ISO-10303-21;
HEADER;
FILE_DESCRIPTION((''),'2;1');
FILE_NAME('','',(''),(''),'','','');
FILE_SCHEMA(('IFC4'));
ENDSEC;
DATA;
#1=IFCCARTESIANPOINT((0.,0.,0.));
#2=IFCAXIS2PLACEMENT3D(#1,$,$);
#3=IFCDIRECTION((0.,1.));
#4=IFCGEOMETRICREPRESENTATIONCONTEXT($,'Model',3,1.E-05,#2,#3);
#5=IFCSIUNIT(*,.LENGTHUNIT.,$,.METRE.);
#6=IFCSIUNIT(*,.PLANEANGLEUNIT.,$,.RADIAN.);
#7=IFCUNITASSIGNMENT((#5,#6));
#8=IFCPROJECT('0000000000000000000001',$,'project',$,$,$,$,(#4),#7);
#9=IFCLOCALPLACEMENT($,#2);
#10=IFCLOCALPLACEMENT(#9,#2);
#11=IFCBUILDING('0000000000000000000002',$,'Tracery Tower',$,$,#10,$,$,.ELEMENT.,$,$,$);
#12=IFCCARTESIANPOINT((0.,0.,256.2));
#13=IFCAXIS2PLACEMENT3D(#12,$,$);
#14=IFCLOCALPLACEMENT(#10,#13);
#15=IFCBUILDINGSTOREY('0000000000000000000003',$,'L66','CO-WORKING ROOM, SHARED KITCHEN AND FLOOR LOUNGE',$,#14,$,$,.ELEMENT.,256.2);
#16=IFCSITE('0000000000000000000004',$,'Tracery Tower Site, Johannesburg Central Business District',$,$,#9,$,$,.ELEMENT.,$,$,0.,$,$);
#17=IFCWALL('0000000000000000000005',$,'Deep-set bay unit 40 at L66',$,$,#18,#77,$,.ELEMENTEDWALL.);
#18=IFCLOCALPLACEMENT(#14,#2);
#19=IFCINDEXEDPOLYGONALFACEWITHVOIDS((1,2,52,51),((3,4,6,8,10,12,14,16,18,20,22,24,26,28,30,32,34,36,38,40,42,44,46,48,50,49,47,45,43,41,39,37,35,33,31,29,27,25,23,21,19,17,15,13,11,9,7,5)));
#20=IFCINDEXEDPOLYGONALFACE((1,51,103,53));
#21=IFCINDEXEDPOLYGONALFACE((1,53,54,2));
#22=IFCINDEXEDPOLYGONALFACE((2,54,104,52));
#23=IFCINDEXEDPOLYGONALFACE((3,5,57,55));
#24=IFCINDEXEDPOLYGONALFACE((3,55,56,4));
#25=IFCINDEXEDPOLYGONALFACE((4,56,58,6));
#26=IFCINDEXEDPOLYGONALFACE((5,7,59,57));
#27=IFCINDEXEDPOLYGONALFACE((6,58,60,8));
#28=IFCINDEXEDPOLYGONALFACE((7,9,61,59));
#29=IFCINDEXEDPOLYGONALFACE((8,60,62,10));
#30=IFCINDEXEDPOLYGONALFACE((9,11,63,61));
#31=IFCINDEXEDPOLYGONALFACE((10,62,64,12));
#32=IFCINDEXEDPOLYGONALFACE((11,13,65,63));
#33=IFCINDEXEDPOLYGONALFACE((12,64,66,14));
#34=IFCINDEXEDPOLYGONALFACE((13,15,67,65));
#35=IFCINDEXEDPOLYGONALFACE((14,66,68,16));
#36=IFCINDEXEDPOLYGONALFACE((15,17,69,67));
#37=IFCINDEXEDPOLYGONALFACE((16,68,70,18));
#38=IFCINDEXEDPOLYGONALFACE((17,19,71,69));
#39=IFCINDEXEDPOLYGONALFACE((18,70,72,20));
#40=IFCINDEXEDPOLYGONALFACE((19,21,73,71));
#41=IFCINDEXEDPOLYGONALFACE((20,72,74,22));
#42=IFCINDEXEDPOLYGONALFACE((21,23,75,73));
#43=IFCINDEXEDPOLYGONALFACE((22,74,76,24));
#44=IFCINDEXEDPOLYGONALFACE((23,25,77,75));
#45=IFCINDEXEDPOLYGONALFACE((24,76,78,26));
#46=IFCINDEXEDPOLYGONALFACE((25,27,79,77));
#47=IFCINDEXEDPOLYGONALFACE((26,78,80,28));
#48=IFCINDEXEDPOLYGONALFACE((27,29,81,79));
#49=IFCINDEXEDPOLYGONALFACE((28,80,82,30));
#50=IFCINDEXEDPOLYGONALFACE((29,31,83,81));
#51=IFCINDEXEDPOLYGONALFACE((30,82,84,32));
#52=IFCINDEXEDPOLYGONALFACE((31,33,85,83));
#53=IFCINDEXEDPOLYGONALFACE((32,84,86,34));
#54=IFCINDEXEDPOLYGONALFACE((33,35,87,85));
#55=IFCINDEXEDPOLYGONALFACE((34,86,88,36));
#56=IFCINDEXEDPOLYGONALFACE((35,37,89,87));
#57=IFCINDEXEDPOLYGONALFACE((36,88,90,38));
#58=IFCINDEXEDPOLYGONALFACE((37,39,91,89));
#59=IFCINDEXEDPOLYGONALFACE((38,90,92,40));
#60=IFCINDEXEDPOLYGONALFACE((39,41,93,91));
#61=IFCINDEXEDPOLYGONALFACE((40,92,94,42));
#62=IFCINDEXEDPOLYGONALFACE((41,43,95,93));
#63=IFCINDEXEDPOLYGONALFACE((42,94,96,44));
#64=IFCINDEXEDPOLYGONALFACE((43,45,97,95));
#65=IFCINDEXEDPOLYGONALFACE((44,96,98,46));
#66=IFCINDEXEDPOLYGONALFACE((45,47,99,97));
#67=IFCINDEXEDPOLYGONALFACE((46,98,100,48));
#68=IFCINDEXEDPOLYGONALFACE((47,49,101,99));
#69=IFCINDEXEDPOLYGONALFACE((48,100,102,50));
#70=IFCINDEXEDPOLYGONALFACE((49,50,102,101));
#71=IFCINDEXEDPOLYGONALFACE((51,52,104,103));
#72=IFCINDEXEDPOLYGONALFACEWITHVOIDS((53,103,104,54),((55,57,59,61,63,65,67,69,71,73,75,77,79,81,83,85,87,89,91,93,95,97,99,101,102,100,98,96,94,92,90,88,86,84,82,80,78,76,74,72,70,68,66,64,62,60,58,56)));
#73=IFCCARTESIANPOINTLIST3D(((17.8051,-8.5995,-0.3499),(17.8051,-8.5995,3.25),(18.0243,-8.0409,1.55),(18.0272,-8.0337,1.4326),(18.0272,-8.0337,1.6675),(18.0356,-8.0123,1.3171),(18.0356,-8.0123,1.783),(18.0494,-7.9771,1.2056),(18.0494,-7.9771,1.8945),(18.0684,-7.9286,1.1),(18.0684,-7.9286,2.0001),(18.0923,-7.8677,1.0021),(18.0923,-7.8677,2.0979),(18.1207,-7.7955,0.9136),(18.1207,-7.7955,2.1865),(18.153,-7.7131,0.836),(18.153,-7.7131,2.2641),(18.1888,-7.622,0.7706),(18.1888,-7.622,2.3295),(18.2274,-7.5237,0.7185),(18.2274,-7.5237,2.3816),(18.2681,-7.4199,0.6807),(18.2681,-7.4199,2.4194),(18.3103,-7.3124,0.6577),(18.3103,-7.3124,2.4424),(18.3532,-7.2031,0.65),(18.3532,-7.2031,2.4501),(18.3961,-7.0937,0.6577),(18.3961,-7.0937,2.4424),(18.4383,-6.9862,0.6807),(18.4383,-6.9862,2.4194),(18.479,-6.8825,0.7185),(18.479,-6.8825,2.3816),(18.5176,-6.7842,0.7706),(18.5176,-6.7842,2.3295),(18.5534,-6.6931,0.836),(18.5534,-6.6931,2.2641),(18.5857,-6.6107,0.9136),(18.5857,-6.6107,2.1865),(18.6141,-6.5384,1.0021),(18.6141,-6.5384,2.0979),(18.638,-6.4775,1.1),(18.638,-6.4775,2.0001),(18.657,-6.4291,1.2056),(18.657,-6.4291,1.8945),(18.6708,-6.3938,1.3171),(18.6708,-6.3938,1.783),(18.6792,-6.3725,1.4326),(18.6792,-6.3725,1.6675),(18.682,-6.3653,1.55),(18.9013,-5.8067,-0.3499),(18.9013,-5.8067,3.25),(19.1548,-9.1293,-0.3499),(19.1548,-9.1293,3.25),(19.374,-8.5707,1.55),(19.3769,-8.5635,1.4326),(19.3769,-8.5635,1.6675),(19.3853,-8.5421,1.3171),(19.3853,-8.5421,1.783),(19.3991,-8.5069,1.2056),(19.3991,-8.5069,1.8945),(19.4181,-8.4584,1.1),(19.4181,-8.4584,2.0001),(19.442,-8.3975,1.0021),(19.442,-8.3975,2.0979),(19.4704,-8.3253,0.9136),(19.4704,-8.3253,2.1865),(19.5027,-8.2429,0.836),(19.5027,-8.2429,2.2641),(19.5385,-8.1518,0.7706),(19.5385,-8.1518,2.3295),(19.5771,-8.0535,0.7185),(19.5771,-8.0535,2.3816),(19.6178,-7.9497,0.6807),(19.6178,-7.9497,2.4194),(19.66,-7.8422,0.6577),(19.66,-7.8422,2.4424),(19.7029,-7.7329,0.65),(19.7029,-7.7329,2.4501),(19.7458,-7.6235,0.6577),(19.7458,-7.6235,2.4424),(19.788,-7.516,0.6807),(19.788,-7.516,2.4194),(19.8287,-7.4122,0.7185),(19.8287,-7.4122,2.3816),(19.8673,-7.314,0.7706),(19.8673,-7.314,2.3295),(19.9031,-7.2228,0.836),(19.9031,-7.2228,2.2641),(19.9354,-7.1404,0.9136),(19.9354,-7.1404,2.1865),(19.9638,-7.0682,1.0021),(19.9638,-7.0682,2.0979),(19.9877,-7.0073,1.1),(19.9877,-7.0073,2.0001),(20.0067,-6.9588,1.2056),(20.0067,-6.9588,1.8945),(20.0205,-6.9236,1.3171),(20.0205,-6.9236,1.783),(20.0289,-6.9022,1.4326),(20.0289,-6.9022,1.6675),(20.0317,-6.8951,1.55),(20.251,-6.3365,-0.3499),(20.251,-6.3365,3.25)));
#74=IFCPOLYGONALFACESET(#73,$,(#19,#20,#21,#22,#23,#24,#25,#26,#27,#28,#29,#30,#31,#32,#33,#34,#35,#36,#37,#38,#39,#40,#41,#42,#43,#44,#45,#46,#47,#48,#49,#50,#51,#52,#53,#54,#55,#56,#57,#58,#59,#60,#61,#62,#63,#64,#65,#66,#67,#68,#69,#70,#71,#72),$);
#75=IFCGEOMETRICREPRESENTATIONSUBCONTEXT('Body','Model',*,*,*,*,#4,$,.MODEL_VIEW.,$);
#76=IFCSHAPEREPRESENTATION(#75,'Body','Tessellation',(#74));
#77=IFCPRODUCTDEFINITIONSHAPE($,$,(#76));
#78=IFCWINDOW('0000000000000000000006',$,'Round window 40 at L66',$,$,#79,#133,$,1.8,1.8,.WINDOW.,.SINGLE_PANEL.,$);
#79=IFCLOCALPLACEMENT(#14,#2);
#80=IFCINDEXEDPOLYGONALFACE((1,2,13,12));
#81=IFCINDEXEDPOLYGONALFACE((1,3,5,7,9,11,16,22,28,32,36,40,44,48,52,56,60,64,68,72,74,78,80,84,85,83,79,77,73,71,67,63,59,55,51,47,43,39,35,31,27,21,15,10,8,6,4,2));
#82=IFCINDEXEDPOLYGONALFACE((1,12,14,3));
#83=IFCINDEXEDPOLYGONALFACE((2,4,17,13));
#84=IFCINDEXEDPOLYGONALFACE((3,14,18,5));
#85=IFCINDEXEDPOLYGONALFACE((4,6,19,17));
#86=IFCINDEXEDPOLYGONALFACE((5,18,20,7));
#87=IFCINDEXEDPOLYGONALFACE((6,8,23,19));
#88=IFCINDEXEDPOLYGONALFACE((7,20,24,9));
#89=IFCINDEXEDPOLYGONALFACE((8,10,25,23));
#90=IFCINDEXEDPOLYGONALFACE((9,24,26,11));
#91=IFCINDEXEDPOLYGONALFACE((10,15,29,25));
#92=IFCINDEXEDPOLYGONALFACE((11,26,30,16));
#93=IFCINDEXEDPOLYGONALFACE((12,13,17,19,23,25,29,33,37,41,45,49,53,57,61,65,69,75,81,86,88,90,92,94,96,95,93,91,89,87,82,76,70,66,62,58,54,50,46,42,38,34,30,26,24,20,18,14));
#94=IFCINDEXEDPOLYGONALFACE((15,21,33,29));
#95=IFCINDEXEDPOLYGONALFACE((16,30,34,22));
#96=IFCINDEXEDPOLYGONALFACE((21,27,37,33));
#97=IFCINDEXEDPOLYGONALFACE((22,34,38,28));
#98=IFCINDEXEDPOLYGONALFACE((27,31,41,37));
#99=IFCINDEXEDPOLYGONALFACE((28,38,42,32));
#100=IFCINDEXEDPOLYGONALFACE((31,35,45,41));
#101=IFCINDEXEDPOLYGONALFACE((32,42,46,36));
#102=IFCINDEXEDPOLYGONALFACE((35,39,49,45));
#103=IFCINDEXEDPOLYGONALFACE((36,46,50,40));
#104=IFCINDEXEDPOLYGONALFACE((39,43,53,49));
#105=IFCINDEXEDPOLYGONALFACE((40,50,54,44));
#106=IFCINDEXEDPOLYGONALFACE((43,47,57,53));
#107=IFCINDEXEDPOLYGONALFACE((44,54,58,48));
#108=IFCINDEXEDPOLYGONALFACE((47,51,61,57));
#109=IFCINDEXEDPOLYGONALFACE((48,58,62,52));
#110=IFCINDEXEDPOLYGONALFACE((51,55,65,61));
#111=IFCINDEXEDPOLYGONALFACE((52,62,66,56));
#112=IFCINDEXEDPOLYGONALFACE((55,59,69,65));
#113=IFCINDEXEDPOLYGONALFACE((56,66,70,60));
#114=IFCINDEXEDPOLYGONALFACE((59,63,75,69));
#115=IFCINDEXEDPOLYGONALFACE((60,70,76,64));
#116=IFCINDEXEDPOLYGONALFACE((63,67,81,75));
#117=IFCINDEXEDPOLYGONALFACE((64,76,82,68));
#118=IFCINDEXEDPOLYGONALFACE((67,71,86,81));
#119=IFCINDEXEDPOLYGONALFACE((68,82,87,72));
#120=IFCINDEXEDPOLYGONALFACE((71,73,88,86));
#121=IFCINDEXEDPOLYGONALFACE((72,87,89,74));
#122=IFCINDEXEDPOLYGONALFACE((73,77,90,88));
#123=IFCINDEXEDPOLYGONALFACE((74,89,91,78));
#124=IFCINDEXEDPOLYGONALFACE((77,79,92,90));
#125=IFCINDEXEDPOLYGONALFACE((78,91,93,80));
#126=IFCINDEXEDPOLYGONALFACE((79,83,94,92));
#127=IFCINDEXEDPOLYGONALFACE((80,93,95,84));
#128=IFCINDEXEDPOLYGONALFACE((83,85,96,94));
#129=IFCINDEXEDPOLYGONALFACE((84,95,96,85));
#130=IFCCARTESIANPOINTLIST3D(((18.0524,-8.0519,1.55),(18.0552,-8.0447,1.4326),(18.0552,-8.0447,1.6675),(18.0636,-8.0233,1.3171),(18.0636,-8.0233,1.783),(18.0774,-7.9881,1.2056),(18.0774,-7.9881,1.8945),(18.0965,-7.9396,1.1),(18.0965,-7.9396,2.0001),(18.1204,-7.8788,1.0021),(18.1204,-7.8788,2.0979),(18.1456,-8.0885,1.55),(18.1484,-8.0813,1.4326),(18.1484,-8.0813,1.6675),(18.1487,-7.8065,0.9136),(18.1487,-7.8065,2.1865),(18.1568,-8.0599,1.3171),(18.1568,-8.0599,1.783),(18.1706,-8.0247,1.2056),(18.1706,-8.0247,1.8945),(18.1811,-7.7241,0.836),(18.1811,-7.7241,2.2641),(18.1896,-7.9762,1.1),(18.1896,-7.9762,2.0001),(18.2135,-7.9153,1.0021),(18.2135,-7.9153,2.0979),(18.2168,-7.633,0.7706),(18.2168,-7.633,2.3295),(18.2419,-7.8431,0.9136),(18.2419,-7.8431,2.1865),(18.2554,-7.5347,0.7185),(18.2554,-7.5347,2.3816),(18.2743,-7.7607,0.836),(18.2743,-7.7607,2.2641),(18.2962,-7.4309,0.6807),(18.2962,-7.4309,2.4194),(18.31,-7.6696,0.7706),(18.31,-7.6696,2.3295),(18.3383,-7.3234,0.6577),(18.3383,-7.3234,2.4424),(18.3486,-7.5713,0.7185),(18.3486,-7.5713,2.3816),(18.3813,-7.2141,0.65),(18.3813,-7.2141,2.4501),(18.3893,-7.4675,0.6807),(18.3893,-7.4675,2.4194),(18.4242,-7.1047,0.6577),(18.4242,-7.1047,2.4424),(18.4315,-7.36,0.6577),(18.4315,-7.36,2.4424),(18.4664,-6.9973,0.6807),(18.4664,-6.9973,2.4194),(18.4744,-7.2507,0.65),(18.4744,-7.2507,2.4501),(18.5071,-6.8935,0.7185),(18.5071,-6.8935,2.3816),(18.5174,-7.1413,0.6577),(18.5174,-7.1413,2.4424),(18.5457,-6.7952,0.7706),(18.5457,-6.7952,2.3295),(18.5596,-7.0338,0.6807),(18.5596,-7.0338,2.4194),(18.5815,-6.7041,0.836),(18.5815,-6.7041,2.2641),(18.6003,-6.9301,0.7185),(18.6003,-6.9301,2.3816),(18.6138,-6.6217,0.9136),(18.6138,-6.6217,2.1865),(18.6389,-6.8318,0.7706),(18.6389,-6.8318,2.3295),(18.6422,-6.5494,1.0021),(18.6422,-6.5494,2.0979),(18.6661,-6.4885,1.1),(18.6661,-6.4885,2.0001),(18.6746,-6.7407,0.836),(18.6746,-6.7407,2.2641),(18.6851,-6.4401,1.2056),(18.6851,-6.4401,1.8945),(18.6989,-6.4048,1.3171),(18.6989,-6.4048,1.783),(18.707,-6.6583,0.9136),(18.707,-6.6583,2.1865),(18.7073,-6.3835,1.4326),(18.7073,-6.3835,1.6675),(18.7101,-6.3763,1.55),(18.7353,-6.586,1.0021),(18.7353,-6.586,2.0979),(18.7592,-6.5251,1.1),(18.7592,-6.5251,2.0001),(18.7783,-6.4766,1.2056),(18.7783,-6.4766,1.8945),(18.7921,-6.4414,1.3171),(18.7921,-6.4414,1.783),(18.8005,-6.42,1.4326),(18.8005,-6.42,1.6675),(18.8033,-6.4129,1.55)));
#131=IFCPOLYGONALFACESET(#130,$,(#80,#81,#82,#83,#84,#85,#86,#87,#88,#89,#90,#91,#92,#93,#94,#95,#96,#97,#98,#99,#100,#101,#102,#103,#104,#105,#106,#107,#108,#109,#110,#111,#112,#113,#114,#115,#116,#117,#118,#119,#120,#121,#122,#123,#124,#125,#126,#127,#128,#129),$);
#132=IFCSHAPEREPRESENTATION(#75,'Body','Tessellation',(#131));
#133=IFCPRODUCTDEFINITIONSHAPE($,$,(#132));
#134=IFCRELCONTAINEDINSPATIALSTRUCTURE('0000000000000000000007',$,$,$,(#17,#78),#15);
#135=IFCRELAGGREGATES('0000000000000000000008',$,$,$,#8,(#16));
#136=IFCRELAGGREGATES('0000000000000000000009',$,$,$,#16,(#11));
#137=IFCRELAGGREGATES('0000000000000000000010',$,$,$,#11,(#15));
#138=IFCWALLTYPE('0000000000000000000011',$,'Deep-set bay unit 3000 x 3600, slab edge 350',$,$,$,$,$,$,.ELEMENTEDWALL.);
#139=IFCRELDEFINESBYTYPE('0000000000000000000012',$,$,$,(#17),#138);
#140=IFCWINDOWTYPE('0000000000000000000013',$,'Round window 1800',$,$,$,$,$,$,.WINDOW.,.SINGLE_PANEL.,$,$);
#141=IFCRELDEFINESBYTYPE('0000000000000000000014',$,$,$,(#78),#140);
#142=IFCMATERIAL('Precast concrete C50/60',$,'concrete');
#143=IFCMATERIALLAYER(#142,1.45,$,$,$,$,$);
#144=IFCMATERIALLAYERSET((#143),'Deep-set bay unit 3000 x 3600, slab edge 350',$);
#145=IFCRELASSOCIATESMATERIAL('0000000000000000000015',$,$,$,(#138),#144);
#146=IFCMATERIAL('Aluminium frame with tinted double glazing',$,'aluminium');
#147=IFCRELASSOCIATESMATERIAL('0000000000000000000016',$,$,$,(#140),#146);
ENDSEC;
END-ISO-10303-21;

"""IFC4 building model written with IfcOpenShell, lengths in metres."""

from ifc_helpers import new_model, si_unit, direction, frame, frame_2d, origin, origin_2d, place, context, subcontext, project, spatial, rectangle, circle, extrude, material, layer, layer_set, type_object, element, fill, save


model = new_model("IFC4")

# Units and contexts
model_context = context("Model", 3, precision=1e-05, world=origin(), true_north=direction((0.0, 1.0)))
body_context = subcontext(model_context, "Body", "Model", "MODEL_VIEW")
ifc_project = project(units=[si_unit("LENGTHUNIT", "METRE"), si_unit("PLANEANGLEUNIT", "RADIAN")], contexts=[model_context])

# Site, building, storey
site_placement = place(None, origin())
site = spatial("IfcSite", under=ifc_project, at=site_placement, Name="Tracery Tower Site, Johannesburg Central Business District", CompositionType="ELEMENT", RefElevation=0.0)
building_placement = place(site_placement, origin())
building = spatial("IfcBuilding", under=site, at=building_placement, Name="Tracery Tower", CompositionType="ELEMENT")
storey_placement = place(building_placement, frame((0.0, 0.0, 256.2)))
storey = spatial("IfcBuildingStorey", under=building, at=storey_placement, Name="L66", Description="CO-WORKING ROOM, SHARED KITCHEN AND FLOOR LOUNGE", CompositionType="ELEMENT", Elevation=256.2)

# Wall, opening, window
ifc_material_1 = material(Name="Precast concrete C50/60", Category="concrete")
ifc_layer_1 = layer(ifc_material_1, 1.45)
ifc_layer_set_1 = layer_set([ifc_layer_1], Name="Deep-set bay unit 3000 x 3600, slab edge 350")
wall_type_1 = type_object("IfcWallType", Name="Deep-set bay unit 3000 x 3600, slab edge 350", PredefinedType="ELEMENTEDWALL", material=ifc_layer_set_1)
ifc_material_2 = material(Name="Aluminium frame with tinted double glazing", Category="aluminium")
window_type = type_object("IfcWindowType", Name="Round window 1800", PartitioningType="SINGLE_PANEL", PredefinedType="WINDOW", material=ifc_material_2)
wall_1_placement = place(storey_placement, frame((18.48, -8.8643, -0.3499), z_axis=(0.0, 0.0, 1.0), x_axis=(0.365378, 0.930859, 0.0)))
wall_1 = element("IfcWall", 1, at=wall_1_placement, inside=storey, type_object=wall_type_1, Name="Deep-set bay unit 40 at L66", PredefinedType="ELEMENTEDWALL", context=body_context, shape_type="SweptSolid", body=[
    extrude(rectangle(XDim=3.0002, YDim=1.45, at=frame_2d((1.5, 0.0))), origin(), (0.0, 0.0, 1.0), 3.5999),
])
opening_1_placement = place(wall_1_placement, frame((1.5, 0.0, 1.8999)))
opening_1 = element("IfcOpeningElement", 2, at=opening_1_placement, cuts=wall_1, PredefinedType="OPENING", context=body_context, shape_type="SweptSolid", body=[
    extrude(circle(Radius=0.9, at=origin_2d()), frame((0.0, 0.7349, 0.0), z_axis=(0.0, -1.0, 0.0), x_axis=(1.0, 0.0, 0.0)), (0.0, 0.0, 1.0), 1.47),
])
window_1_placement = place(opening_1_placement, origin())
window_1 = element("IfcWindow", 3, at=window_1_placement, inside=storey, type_object=window_type, Name="Round window 40 at L66", OverallHeight=1.8, OverallWidth=1.8, PartitioningType="SINGLE_PANEL", PredefinedType="WINDOW", context=body_context, shape_type="SweptSolid", body=[
    extrude(circle(Radius=0.9, at=origin_2d()), frame((0.0, 0.6948, 0.0), z_axis=(0.0, -1.0, 0.0), x_axis=(1.0, 0.0, 0.0)), (0.0, 0.0, 1.0), 0.1001),
])
fill(opening_1, window_1)

save(model, "model.ifc")
